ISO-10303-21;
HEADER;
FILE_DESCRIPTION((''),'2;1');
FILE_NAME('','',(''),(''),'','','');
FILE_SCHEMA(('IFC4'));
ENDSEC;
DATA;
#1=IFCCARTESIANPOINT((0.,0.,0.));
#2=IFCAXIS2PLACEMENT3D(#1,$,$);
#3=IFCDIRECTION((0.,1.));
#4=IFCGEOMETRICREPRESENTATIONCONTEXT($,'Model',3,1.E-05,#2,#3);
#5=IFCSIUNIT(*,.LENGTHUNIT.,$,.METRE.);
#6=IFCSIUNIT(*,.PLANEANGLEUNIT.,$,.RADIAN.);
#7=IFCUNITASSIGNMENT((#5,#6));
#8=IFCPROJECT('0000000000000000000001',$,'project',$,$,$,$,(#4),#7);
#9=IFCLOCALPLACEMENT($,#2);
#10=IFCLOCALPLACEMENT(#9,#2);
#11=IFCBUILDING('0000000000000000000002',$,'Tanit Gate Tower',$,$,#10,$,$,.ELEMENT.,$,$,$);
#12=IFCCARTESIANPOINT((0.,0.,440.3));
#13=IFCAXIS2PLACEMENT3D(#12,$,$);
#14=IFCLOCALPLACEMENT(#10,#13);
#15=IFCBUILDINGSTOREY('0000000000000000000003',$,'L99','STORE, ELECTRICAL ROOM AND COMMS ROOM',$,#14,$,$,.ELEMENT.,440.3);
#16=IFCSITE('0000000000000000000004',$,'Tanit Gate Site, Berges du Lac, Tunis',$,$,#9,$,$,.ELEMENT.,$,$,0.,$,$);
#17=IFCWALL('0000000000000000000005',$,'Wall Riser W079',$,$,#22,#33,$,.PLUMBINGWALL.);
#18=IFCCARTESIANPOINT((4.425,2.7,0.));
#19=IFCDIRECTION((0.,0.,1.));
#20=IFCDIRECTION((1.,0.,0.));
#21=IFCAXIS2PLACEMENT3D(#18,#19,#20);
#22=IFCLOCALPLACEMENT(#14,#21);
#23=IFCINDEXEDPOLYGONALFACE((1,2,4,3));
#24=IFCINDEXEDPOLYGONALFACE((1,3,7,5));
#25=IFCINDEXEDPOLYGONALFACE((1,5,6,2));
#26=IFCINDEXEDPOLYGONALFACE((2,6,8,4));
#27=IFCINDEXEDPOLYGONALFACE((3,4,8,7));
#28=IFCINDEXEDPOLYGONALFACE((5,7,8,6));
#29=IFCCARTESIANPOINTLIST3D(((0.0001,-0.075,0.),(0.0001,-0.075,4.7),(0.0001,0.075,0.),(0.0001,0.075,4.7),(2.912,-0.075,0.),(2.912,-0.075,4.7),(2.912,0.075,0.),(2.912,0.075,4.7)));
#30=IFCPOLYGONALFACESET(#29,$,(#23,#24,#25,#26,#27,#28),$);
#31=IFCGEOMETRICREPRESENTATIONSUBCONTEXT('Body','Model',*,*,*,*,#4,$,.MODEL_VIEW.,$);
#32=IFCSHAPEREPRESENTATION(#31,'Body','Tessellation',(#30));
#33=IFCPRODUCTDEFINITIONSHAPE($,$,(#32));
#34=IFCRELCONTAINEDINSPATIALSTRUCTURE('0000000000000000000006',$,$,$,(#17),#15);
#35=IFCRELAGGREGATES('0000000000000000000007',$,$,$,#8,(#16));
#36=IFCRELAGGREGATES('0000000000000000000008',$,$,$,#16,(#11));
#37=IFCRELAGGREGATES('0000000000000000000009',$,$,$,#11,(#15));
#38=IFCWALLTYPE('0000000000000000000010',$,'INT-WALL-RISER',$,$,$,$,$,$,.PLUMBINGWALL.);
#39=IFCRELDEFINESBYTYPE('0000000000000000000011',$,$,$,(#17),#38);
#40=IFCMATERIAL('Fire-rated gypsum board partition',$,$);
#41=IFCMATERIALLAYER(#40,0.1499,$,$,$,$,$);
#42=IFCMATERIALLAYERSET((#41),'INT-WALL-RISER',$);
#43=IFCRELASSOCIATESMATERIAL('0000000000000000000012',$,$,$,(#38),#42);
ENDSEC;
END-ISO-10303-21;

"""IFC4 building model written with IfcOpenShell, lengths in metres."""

from ifc_helpers import new_model, si_unit, direction, frame, frame_2d, origin, place, context, subcontext, project, spatial, rectangle, extrude, material, layer, layer_set, type_object, element, save


model = new_model("IFC4")

# Units and contexts
model_context = context("Model", 3, precision=1e-05, world=origin(), true_north=direction((0.0, 1.0)))
body_context = subcontext(model_context, "Body", "Model", "MODEL_VIEW")
ifc_project = project(units=[si_unit("LENGTHUNIT", "METRE"), si_unit("PLANEANGLEUNIT", "RADIAN")], contexts=[model_context])

# Site, building, storey
site_placement = place(None, origin())
site = spatial("IfcSite", under=ifc_project, at=site_placement, Name="Tanit Gate Site, Berges du Lac, Tunis", CompositionType="ELEMENT", RefElevation=0.0)
building_placement = place(site_placement, origin())
building = spatial("IfcBuilding", under=site, at=building_placement, Name="Tanit Gate Tower", CompositionType="ELEMENT")
storey_placement = place(building_placement, frame((0.0, 0.0, 440.3)))
storey = spatial("IfcBuildingStorey", under=building, at=storey_placement, Name="L99", Description="STORE, ELECTRICAL ROOM AND COMMS ROOM", CompositionType="ELEMENT", Elevation=440.3)

# Wall
ifc_material_1 = material(Name="Fire-rated gypsum board partition")
ifc_layer_1 = layer(ifc_material_1, 0.1499)
ifc_layer_set_1 = layer_set([ifc_layer_1], Name="INT-WALL-RISER")
wall_type_1 = type_object("IfcWallType", Name="INT-WALL-RISER", PredefinedType="PLUMBINGWALL", material=ifc_layer_set_1)
wall_1_placement = place(storey_placement, frame((4.425, 2.7, 0.0), z_axis=(0.0, 0.0, 1.0), x_axis=(1.0, 0.0, 0.0)))
element("IfcWall", 1, at=wall_1_placement, inside=storey, type_object=wall_type_1, Name="Wall Riser W079", PredefinedType="PLUMBINGWALL", context=body_context, shape_type="SweptSolid", body=[
    extrude(rectangle(XDim=2.9119, YDim=0.1499, at=frame_2d((1.4561, 0.0))), origin(), (0.0, 0.0, 1.0), 4.7),
])

save(model, "model.ifc")
